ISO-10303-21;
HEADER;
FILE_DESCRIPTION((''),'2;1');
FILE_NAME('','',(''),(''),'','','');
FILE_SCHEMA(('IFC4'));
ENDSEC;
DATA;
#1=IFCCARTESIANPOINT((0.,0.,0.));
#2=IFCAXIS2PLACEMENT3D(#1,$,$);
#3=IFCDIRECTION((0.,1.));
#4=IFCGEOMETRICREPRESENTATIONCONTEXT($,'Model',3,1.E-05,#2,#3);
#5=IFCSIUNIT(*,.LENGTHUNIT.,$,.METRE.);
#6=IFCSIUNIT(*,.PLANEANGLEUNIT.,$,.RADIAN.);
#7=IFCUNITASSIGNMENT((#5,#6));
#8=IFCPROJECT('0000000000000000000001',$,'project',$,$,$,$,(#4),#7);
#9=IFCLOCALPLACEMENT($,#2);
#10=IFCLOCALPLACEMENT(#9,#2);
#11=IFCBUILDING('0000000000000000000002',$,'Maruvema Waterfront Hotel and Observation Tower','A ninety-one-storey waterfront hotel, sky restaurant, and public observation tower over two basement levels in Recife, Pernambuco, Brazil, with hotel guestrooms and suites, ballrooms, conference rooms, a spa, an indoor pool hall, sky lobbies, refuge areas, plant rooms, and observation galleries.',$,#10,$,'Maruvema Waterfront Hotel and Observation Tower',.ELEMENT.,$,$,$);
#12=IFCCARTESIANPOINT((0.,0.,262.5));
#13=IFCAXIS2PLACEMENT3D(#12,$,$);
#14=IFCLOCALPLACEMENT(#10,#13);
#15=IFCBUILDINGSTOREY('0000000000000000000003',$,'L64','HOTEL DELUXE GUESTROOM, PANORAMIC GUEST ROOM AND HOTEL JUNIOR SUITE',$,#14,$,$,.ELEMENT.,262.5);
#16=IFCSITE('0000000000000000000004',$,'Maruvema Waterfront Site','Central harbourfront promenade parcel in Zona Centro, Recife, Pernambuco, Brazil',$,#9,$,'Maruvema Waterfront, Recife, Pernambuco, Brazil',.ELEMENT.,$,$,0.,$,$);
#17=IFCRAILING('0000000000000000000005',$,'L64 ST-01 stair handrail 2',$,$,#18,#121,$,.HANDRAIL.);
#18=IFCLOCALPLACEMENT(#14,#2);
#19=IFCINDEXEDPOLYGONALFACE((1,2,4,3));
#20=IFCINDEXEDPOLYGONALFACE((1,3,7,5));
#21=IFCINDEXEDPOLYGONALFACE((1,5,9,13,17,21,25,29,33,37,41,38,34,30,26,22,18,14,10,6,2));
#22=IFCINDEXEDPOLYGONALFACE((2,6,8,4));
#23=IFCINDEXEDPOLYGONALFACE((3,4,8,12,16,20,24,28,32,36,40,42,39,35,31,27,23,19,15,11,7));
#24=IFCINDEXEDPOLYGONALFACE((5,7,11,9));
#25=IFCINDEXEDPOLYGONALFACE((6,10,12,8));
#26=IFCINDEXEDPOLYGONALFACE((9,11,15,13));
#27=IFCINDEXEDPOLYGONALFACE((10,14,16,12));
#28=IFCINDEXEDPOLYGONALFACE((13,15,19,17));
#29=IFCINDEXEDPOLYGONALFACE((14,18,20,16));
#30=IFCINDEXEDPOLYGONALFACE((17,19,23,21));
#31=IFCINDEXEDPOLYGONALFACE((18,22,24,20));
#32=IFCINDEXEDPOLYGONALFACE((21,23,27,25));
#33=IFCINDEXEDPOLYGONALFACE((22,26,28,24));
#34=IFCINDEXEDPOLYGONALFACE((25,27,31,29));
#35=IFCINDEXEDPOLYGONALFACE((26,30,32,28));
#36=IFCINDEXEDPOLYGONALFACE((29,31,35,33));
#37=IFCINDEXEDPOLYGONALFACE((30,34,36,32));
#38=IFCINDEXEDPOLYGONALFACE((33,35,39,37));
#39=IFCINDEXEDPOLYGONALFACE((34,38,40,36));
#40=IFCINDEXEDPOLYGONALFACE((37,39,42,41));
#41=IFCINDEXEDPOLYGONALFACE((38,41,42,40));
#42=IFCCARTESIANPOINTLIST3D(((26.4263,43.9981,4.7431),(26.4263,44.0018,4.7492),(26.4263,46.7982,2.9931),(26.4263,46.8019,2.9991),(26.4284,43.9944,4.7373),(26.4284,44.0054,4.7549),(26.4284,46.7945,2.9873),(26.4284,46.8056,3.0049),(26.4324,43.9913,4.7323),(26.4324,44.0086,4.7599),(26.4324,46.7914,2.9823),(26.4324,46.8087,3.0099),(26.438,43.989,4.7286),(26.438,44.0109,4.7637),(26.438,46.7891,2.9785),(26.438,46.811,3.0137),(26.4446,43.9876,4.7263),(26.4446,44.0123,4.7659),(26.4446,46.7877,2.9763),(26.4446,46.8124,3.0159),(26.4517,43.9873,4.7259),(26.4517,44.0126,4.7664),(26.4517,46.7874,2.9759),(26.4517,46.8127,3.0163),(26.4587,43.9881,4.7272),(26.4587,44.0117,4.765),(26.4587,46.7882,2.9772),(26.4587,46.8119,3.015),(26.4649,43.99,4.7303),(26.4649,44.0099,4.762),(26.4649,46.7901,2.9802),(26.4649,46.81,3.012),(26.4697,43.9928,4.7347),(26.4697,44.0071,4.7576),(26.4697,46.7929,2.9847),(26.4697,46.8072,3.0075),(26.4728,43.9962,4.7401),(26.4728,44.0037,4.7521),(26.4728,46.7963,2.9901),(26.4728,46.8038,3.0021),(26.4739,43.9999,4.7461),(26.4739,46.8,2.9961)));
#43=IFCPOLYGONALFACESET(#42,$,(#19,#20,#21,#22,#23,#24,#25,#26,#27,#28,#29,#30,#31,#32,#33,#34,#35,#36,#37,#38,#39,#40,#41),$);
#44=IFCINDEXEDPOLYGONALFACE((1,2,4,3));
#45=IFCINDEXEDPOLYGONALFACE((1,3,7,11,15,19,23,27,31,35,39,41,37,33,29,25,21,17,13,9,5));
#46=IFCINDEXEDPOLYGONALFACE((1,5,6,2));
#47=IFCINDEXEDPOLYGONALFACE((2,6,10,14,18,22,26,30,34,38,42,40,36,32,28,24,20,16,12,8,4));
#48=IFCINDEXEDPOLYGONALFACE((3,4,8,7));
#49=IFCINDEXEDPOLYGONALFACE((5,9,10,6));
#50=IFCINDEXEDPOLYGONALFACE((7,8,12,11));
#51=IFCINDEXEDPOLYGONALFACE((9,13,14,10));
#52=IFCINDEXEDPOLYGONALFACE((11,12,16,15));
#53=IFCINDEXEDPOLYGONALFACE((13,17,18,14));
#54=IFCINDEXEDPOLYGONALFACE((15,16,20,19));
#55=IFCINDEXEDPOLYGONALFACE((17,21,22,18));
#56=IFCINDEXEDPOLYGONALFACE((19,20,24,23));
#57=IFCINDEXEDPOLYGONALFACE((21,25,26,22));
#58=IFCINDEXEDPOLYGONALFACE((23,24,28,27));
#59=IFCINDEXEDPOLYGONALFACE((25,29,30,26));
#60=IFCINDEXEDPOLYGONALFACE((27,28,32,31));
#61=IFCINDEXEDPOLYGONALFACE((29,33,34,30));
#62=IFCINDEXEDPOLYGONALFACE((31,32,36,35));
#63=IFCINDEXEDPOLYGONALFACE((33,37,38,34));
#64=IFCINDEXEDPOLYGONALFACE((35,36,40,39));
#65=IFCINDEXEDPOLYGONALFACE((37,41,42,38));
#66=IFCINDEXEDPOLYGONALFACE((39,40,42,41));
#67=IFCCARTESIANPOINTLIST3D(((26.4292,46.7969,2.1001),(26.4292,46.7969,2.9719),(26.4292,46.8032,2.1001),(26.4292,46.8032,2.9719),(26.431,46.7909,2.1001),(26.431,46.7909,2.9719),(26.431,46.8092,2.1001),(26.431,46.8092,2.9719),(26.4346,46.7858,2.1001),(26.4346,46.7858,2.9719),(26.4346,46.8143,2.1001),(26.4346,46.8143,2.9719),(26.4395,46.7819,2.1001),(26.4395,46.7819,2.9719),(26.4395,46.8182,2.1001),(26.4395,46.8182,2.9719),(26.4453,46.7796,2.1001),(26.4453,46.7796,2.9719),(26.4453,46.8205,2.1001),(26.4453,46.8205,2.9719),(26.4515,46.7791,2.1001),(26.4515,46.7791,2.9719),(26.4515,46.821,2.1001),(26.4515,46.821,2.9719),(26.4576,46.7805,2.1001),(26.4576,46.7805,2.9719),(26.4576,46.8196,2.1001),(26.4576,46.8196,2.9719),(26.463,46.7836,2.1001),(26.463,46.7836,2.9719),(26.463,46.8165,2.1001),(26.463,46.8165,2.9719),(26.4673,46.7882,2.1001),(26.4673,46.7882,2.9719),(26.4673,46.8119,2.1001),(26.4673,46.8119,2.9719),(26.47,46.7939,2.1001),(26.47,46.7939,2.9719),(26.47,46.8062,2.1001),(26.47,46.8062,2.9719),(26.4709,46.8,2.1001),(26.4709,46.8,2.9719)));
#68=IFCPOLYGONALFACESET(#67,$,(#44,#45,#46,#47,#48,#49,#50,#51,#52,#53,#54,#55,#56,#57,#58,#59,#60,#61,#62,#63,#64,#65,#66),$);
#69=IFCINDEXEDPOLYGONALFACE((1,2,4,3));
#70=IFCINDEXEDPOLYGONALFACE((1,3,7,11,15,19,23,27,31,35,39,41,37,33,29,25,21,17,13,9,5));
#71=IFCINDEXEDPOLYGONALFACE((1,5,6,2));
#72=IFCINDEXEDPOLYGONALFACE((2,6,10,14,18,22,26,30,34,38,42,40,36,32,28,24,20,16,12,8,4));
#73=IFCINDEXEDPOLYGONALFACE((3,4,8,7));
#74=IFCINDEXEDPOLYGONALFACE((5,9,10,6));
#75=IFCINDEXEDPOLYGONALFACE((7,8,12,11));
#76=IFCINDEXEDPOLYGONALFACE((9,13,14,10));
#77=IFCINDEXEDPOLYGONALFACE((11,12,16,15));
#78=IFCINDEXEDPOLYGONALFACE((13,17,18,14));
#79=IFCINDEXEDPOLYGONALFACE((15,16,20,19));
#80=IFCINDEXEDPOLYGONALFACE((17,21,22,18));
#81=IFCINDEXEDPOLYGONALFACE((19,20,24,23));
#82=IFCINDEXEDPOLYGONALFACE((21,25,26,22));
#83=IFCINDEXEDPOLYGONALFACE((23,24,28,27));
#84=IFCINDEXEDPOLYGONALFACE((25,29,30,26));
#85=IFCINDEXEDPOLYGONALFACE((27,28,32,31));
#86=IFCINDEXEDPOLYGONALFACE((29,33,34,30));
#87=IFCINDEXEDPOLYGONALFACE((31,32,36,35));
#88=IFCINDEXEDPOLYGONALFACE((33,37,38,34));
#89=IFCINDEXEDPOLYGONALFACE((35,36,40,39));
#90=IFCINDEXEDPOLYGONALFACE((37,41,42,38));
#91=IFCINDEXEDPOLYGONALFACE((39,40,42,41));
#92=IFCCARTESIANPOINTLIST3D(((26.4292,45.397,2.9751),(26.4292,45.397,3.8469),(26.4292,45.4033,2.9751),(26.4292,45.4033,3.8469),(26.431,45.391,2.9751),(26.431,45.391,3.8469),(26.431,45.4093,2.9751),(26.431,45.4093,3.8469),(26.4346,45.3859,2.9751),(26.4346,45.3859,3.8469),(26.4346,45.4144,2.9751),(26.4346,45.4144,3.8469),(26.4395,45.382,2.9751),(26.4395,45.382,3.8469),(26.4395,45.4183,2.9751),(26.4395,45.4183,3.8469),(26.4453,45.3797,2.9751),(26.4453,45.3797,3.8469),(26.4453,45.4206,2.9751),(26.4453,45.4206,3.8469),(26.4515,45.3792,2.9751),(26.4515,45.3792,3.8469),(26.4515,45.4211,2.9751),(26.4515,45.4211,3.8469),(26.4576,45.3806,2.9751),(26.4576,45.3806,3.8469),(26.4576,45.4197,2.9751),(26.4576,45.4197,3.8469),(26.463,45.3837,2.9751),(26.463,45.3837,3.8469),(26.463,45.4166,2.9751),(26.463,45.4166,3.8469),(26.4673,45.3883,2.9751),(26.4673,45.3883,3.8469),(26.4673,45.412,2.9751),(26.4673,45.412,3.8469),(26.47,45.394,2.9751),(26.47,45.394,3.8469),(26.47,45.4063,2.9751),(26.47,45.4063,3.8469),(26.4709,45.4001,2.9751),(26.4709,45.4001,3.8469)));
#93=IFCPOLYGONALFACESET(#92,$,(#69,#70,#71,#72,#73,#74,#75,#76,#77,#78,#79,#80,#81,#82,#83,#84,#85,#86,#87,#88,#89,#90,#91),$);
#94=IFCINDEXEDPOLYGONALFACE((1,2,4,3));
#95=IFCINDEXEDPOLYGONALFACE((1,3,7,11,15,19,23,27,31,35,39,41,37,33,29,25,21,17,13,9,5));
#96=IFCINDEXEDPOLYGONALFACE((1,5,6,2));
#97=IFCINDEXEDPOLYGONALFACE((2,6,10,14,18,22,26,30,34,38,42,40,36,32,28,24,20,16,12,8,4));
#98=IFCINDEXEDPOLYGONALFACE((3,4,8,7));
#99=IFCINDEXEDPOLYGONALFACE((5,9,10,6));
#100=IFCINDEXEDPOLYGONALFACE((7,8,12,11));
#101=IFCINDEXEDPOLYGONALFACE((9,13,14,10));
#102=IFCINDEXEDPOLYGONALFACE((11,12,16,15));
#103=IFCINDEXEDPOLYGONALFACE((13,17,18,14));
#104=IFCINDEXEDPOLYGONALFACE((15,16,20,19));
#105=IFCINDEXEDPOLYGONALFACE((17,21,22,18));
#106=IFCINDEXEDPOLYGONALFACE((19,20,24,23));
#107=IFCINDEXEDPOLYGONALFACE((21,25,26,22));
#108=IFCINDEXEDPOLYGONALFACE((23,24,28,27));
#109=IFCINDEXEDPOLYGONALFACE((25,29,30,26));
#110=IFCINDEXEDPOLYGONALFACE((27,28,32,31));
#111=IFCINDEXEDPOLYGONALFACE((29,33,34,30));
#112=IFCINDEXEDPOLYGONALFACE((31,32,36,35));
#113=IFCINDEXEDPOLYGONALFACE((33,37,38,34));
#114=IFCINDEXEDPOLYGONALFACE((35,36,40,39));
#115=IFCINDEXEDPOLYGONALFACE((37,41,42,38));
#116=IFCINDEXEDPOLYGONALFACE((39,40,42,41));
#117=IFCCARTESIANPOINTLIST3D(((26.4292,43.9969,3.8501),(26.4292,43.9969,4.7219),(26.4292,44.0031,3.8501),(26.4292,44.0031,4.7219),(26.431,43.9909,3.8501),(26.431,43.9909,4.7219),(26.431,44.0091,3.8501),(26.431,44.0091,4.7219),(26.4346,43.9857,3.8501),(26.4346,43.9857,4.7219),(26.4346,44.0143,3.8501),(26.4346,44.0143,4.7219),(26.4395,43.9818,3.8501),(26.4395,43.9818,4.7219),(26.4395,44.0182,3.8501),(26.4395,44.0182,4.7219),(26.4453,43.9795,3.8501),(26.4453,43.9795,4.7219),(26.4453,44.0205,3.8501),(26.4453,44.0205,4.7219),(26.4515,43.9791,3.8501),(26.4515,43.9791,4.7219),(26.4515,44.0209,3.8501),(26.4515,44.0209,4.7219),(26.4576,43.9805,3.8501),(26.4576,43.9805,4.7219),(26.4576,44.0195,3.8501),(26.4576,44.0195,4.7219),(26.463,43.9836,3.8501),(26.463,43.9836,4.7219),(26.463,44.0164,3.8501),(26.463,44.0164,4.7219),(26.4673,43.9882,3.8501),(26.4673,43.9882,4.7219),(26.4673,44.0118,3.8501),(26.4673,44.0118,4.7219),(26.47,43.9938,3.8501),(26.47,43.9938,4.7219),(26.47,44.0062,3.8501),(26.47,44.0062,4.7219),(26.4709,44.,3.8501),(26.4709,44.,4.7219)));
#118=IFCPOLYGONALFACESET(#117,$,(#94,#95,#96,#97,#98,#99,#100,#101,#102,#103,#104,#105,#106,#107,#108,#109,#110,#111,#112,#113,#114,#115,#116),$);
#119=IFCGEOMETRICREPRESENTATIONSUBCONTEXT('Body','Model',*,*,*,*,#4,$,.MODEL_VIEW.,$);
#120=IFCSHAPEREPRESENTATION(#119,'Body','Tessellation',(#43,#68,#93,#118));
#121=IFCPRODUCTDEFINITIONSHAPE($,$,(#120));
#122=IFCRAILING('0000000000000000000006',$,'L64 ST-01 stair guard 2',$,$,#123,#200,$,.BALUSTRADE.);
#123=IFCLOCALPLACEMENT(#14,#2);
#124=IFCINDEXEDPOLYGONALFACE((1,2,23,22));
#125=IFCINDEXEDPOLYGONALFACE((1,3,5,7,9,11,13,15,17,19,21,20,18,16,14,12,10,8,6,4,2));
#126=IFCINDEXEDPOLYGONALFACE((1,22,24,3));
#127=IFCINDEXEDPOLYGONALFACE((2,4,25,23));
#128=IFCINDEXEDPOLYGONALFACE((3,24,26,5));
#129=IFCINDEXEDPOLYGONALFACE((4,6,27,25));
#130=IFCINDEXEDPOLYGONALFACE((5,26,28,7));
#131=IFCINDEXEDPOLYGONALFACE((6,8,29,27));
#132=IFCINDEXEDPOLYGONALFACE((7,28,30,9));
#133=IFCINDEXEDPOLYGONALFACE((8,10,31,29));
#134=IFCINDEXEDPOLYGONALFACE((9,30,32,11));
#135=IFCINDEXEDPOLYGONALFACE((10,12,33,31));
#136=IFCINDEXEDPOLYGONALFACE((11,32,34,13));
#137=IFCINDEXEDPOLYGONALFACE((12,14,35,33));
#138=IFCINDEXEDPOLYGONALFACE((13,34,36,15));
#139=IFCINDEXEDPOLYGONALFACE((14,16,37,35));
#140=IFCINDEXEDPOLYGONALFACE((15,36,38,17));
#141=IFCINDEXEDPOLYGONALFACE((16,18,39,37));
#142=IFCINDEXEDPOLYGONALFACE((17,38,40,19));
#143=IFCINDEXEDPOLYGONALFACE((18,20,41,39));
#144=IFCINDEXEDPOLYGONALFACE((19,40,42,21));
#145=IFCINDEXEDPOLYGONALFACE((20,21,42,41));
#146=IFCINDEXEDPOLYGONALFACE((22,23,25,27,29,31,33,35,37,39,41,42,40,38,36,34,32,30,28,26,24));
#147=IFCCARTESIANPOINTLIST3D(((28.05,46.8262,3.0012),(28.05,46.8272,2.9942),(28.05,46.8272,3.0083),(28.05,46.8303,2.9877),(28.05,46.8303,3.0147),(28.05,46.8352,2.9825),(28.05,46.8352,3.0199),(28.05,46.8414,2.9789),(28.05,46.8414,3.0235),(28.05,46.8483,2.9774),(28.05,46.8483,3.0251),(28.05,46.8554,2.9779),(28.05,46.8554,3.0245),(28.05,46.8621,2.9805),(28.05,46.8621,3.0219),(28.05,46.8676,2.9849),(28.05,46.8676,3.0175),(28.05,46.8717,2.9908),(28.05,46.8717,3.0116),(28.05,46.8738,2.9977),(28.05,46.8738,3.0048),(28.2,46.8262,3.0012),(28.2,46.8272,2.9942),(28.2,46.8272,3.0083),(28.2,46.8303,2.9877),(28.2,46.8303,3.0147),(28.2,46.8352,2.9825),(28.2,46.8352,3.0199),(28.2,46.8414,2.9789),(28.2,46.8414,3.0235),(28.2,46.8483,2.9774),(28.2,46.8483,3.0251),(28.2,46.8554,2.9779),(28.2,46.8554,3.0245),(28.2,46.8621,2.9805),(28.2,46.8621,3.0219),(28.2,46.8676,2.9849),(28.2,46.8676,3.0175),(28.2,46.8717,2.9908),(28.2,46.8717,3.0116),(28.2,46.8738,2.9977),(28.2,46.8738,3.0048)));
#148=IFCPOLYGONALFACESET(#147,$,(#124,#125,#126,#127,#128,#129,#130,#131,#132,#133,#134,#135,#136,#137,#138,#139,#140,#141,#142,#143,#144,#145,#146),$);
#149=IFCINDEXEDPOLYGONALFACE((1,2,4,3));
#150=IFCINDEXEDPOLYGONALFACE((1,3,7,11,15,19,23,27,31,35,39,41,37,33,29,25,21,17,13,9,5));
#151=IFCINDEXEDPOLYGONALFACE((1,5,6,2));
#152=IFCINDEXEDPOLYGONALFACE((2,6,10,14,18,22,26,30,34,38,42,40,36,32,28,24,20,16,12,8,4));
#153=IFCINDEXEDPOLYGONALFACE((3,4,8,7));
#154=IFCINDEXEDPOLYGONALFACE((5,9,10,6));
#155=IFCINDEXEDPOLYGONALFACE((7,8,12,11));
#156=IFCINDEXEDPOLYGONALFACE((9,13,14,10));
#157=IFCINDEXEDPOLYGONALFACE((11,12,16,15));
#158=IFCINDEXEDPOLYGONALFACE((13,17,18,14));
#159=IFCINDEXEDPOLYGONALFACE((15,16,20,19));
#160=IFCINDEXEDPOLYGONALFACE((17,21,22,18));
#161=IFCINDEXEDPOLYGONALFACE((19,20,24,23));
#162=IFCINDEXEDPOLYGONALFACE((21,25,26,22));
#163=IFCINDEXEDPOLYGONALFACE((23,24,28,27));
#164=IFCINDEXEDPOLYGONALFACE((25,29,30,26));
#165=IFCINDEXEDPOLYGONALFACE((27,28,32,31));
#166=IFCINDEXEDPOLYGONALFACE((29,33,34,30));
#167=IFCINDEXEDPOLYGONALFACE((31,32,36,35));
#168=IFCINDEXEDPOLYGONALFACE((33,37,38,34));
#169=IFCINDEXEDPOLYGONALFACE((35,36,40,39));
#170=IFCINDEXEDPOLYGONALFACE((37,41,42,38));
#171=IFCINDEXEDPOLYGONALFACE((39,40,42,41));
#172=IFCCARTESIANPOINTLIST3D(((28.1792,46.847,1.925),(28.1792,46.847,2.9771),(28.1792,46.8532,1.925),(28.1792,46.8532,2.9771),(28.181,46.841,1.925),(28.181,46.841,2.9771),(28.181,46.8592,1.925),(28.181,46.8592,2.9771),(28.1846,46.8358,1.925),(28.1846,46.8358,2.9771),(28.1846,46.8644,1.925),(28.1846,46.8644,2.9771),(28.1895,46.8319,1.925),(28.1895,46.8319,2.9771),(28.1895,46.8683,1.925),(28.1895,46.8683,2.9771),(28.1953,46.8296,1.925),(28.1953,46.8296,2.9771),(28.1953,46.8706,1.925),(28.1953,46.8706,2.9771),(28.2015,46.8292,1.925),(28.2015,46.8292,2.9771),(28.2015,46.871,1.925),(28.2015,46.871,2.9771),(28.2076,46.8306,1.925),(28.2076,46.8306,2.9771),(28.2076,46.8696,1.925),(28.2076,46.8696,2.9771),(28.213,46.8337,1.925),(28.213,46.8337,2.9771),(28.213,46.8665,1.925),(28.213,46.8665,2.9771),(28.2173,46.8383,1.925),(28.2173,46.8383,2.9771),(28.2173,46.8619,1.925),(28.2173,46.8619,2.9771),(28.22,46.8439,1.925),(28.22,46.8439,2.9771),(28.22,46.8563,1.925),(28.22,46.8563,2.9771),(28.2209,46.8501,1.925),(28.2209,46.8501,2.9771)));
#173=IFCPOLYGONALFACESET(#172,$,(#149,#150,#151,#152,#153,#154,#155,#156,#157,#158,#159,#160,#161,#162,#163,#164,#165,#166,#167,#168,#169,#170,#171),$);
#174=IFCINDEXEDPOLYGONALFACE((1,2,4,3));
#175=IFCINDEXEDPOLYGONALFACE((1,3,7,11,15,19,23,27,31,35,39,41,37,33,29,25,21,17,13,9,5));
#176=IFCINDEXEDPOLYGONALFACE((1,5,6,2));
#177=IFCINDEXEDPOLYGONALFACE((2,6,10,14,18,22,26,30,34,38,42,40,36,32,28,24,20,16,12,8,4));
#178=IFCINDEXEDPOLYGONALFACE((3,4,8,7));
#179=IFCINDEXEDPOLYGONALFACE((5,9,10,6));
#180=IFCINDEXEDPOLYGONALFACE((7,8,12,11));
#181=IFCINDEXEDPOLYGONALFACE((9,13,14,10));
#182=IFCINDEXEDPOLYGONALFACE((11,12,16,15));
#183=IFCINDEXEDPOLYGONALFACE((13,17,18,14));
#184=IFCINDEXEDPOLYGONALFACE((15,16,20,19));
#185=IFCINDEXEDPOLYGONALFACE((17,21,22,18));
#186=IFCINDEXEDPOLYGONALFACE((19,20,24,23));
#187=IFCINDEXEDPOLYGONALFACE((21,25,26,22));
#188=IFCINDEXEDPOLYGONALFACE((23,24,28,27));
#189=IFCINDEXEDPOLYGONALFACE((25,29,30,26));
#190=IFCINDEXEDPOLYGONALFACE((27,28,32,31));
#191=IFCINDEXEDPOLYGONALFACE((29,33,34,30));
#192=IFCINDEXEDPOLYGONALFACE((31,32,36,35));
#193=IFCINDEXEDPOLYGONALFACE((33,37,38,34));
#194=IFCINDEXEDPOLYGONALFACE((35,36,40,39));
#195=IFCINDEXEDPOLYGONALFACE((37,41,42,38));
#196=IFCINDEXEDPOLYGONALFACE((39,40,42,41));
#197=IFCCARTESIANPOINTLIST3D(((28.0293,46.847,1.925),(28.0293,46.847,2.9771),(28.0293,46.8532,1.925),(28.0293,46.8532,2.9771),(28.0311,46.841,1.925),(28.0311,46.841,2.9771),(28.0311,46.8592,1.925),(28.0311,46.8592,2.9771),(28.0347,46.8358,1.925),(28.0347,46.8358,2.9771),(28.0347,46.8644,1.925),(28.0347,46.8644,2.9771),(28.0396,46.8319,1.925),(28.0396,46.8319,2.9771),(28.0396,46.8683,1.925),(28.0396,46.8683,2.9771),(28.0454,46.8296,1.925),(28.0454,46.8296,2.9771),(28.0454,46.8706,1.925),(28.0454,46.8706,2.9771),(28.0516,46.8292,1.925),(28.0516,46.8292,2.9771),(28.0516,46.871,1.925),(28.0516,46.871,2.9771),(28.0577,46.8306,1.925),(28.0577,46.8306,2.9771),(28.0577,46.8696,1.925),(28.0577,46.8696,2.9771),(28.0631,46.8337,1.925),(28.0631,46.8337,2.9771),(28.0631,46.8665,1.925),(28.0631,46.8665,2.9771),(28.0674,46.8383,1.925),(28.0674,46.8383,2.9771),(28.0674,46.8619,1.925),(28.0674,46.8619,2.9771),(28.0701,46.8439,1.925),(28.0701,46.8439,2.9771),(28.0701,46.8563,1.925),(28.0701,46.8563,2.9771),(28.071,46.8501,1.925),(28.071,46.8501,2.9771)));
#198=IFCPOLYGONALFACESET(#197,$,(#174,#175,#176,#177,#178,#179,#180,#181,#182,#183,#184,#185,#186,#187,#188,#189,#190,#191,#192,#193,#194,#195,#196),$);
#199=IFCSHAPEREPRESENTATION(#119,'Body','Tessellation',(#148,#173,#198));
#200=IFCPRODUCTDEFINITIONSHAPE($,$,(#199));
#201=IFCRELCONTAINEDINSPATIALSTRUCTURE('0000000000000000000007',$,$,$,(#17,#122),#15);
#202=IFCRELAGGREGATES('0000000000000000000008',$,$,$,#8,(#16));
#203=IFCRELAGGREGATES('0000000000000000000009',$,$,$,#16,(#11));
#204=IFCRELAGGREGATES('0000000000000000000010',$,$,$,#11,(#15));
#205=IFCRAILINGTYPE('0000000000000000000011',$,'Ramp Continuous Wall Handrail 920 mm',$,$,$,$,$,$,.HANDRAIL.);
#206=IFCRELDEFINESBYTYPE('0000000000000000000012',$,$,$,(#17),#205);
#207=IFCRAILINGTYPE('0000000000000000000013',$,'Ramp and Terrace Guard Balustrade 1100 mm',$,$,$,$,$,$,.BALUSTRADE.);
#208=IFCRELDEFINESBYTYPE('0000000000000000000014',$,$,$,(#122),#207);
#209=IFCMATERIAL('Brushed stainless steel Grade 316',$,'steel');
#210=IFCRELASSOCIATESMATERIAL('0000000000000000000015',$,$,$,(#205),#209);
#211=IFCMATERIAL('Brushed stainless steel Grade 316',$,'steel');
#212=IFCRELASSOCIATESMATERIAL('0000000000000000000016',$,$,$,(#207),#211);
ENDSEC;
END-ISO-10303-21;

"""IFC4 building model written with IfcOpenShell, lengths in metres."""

from ifc_helpers import new_model, si_unit, direction, frame, origin, origin_2d, place, context, subcontext, project, spatial, circle, extrude, material, type_object, element, save


model = new_model("IFC4")

# Units and contexts
model_context = context("Model", 3, precision=1e-05, world=origin(), true_north=direction((0.0, 1.0)))
body_context = subcontext(model_context, "Body", "Model", "MODEL_VIEW")
ifc_project = project(units=[si_unit("LENGTHUNIT", "METRE"), si_unit("PLANEANGLEUNIT", "RADIAN")], contexts=[model_context])

# Site, building, storey
site_placement = place(None, origin())
site = spatial("IfcSite", under=ifc_project, at=site_placement, Name="Maruvema Waterfront Site", Description="Central harbourfront promenade parcel in Zona Centro, Recife, Pernambuco, Brazil", LongName="Maruvema Waterfront, Recife, Pernambuco, Brazil", CompositionType="ELEMENT", RefElevation=0.0)
building_placement = place(site_placement, origin())
building = spatial("IfcBuilding", under=site, at=building_placement, Name="Maruvema Waterfront Hotel and Observation Tower", Description="A ninety-one-storey waterfront hotel, sky restaurant, and public observation tower over two basement levels in Recife, Pernambuco, Brazil, with hotel guestrooms and suites, ballrooms, conference rooms, a spa, an indoor pool hall, sky lobbies, refuge areas, plant rooms, and observation galleries.", LongName="Maruvema Waterfront Hotel and Observation Tower", CompositionType="ELEMENT")
storey_placement = place(building_placement, frame((0.0, 0.0, 262.5)))
storey = spatial("IfcBuildingStorey", under=building, at=storey_placement, Name="L64", Description="HOTEL DELUXE GUESTROOM, PANORAMIC GUEST ROOM AND HOTEL JUNIOR SUITE", CompositionType="ELEMENT", Elevation=262.5)

# Railings
ifc_material_1 = material(Name="Brushed stainless steel Grade 316", Category="steel")
railing_type_1 = type_object("IfcRailingType", Name="Ramp Continuous Wall Handrail 920 mm", PredefinedType="HANDRAIL", material=ifc_material_1)
railing_1_placement = place(storey_placement, frame((26.45, 46.8, 2.1001)))
element("IfcRailing", 1, at=railing_1_placement, inside=storey, type_object=railing_type_1, Name="L64 ST-01 stair handrail 2", PredefinedType="HANDRAIL", context=body_context, shape_type="SweptSolid", body=[
    extrude(circle(Radius=0.0239, at=origin_2d()), frame((0.0, 0.0, 0.896), z_axis=(0.0, -0.848002, 0.529992), x_axis=(1.0, 0.0, 0.0)), (0.0, 0.0, 1.0), 3.302),
    extrude(circle(Radius=0.021, at=origin_2d()), origin(), (0.0, 0.0, 1.0), 0.8718),
    extrude(circle(Radius=0.021, at=origin_2d()), frame((0.0, -1.3999, 0.875)), (0.0, 0.0, 1.0), 0.8718),
    extrude(circle(Radius=0.021, at=origin_2d()), frame((0.0, -2.8, 1.75)), (0.0, 0.0, 1.0), 0.8718),
])
ifc_material_2 = material(Name="Brushed stainless steel Grade 316", Category="steel")
railing_type_2 = type_object("IfcRailingType", Name="Ramp and Terrace Guard Balustrade 1100 mm", PredefinedType="BALUSTRADE", material=ifc_material_2)
railing_2_placement = place(storey_placement, frame((28.2, 46.8501, 1.925)))
element("IfcRailing", 2, at=railing_2_placement, inside=storey, type_object=railing_type_2, Name="L64 ST-01 stair guard 2", PredefinedType="BALUSTRADE", context=body_context, shape_type="SweptSolid", body=[
    extrude(circle(Radius=0.0239, at=origin_2d()), frame((0.0, 0.0, 1.0762), z_axis=(-1.0, 0.0, 0.0), x_axis=(0.0, -1.0, 0.0)), (0.0, 0.0, 1.0), 0.1499),
    extrude(circle(Radius=0.021, at=origin_2d()), origin(), (0.0, 0.0, 1.0), 1.052),
    extrude(circle(Radius=0.021, at=origin_2d()), frame((-0.1499, 0.0, 0.0)), (0.0, 0.0, 1.0), 1.052),
])

save(model, "model.ifc")
